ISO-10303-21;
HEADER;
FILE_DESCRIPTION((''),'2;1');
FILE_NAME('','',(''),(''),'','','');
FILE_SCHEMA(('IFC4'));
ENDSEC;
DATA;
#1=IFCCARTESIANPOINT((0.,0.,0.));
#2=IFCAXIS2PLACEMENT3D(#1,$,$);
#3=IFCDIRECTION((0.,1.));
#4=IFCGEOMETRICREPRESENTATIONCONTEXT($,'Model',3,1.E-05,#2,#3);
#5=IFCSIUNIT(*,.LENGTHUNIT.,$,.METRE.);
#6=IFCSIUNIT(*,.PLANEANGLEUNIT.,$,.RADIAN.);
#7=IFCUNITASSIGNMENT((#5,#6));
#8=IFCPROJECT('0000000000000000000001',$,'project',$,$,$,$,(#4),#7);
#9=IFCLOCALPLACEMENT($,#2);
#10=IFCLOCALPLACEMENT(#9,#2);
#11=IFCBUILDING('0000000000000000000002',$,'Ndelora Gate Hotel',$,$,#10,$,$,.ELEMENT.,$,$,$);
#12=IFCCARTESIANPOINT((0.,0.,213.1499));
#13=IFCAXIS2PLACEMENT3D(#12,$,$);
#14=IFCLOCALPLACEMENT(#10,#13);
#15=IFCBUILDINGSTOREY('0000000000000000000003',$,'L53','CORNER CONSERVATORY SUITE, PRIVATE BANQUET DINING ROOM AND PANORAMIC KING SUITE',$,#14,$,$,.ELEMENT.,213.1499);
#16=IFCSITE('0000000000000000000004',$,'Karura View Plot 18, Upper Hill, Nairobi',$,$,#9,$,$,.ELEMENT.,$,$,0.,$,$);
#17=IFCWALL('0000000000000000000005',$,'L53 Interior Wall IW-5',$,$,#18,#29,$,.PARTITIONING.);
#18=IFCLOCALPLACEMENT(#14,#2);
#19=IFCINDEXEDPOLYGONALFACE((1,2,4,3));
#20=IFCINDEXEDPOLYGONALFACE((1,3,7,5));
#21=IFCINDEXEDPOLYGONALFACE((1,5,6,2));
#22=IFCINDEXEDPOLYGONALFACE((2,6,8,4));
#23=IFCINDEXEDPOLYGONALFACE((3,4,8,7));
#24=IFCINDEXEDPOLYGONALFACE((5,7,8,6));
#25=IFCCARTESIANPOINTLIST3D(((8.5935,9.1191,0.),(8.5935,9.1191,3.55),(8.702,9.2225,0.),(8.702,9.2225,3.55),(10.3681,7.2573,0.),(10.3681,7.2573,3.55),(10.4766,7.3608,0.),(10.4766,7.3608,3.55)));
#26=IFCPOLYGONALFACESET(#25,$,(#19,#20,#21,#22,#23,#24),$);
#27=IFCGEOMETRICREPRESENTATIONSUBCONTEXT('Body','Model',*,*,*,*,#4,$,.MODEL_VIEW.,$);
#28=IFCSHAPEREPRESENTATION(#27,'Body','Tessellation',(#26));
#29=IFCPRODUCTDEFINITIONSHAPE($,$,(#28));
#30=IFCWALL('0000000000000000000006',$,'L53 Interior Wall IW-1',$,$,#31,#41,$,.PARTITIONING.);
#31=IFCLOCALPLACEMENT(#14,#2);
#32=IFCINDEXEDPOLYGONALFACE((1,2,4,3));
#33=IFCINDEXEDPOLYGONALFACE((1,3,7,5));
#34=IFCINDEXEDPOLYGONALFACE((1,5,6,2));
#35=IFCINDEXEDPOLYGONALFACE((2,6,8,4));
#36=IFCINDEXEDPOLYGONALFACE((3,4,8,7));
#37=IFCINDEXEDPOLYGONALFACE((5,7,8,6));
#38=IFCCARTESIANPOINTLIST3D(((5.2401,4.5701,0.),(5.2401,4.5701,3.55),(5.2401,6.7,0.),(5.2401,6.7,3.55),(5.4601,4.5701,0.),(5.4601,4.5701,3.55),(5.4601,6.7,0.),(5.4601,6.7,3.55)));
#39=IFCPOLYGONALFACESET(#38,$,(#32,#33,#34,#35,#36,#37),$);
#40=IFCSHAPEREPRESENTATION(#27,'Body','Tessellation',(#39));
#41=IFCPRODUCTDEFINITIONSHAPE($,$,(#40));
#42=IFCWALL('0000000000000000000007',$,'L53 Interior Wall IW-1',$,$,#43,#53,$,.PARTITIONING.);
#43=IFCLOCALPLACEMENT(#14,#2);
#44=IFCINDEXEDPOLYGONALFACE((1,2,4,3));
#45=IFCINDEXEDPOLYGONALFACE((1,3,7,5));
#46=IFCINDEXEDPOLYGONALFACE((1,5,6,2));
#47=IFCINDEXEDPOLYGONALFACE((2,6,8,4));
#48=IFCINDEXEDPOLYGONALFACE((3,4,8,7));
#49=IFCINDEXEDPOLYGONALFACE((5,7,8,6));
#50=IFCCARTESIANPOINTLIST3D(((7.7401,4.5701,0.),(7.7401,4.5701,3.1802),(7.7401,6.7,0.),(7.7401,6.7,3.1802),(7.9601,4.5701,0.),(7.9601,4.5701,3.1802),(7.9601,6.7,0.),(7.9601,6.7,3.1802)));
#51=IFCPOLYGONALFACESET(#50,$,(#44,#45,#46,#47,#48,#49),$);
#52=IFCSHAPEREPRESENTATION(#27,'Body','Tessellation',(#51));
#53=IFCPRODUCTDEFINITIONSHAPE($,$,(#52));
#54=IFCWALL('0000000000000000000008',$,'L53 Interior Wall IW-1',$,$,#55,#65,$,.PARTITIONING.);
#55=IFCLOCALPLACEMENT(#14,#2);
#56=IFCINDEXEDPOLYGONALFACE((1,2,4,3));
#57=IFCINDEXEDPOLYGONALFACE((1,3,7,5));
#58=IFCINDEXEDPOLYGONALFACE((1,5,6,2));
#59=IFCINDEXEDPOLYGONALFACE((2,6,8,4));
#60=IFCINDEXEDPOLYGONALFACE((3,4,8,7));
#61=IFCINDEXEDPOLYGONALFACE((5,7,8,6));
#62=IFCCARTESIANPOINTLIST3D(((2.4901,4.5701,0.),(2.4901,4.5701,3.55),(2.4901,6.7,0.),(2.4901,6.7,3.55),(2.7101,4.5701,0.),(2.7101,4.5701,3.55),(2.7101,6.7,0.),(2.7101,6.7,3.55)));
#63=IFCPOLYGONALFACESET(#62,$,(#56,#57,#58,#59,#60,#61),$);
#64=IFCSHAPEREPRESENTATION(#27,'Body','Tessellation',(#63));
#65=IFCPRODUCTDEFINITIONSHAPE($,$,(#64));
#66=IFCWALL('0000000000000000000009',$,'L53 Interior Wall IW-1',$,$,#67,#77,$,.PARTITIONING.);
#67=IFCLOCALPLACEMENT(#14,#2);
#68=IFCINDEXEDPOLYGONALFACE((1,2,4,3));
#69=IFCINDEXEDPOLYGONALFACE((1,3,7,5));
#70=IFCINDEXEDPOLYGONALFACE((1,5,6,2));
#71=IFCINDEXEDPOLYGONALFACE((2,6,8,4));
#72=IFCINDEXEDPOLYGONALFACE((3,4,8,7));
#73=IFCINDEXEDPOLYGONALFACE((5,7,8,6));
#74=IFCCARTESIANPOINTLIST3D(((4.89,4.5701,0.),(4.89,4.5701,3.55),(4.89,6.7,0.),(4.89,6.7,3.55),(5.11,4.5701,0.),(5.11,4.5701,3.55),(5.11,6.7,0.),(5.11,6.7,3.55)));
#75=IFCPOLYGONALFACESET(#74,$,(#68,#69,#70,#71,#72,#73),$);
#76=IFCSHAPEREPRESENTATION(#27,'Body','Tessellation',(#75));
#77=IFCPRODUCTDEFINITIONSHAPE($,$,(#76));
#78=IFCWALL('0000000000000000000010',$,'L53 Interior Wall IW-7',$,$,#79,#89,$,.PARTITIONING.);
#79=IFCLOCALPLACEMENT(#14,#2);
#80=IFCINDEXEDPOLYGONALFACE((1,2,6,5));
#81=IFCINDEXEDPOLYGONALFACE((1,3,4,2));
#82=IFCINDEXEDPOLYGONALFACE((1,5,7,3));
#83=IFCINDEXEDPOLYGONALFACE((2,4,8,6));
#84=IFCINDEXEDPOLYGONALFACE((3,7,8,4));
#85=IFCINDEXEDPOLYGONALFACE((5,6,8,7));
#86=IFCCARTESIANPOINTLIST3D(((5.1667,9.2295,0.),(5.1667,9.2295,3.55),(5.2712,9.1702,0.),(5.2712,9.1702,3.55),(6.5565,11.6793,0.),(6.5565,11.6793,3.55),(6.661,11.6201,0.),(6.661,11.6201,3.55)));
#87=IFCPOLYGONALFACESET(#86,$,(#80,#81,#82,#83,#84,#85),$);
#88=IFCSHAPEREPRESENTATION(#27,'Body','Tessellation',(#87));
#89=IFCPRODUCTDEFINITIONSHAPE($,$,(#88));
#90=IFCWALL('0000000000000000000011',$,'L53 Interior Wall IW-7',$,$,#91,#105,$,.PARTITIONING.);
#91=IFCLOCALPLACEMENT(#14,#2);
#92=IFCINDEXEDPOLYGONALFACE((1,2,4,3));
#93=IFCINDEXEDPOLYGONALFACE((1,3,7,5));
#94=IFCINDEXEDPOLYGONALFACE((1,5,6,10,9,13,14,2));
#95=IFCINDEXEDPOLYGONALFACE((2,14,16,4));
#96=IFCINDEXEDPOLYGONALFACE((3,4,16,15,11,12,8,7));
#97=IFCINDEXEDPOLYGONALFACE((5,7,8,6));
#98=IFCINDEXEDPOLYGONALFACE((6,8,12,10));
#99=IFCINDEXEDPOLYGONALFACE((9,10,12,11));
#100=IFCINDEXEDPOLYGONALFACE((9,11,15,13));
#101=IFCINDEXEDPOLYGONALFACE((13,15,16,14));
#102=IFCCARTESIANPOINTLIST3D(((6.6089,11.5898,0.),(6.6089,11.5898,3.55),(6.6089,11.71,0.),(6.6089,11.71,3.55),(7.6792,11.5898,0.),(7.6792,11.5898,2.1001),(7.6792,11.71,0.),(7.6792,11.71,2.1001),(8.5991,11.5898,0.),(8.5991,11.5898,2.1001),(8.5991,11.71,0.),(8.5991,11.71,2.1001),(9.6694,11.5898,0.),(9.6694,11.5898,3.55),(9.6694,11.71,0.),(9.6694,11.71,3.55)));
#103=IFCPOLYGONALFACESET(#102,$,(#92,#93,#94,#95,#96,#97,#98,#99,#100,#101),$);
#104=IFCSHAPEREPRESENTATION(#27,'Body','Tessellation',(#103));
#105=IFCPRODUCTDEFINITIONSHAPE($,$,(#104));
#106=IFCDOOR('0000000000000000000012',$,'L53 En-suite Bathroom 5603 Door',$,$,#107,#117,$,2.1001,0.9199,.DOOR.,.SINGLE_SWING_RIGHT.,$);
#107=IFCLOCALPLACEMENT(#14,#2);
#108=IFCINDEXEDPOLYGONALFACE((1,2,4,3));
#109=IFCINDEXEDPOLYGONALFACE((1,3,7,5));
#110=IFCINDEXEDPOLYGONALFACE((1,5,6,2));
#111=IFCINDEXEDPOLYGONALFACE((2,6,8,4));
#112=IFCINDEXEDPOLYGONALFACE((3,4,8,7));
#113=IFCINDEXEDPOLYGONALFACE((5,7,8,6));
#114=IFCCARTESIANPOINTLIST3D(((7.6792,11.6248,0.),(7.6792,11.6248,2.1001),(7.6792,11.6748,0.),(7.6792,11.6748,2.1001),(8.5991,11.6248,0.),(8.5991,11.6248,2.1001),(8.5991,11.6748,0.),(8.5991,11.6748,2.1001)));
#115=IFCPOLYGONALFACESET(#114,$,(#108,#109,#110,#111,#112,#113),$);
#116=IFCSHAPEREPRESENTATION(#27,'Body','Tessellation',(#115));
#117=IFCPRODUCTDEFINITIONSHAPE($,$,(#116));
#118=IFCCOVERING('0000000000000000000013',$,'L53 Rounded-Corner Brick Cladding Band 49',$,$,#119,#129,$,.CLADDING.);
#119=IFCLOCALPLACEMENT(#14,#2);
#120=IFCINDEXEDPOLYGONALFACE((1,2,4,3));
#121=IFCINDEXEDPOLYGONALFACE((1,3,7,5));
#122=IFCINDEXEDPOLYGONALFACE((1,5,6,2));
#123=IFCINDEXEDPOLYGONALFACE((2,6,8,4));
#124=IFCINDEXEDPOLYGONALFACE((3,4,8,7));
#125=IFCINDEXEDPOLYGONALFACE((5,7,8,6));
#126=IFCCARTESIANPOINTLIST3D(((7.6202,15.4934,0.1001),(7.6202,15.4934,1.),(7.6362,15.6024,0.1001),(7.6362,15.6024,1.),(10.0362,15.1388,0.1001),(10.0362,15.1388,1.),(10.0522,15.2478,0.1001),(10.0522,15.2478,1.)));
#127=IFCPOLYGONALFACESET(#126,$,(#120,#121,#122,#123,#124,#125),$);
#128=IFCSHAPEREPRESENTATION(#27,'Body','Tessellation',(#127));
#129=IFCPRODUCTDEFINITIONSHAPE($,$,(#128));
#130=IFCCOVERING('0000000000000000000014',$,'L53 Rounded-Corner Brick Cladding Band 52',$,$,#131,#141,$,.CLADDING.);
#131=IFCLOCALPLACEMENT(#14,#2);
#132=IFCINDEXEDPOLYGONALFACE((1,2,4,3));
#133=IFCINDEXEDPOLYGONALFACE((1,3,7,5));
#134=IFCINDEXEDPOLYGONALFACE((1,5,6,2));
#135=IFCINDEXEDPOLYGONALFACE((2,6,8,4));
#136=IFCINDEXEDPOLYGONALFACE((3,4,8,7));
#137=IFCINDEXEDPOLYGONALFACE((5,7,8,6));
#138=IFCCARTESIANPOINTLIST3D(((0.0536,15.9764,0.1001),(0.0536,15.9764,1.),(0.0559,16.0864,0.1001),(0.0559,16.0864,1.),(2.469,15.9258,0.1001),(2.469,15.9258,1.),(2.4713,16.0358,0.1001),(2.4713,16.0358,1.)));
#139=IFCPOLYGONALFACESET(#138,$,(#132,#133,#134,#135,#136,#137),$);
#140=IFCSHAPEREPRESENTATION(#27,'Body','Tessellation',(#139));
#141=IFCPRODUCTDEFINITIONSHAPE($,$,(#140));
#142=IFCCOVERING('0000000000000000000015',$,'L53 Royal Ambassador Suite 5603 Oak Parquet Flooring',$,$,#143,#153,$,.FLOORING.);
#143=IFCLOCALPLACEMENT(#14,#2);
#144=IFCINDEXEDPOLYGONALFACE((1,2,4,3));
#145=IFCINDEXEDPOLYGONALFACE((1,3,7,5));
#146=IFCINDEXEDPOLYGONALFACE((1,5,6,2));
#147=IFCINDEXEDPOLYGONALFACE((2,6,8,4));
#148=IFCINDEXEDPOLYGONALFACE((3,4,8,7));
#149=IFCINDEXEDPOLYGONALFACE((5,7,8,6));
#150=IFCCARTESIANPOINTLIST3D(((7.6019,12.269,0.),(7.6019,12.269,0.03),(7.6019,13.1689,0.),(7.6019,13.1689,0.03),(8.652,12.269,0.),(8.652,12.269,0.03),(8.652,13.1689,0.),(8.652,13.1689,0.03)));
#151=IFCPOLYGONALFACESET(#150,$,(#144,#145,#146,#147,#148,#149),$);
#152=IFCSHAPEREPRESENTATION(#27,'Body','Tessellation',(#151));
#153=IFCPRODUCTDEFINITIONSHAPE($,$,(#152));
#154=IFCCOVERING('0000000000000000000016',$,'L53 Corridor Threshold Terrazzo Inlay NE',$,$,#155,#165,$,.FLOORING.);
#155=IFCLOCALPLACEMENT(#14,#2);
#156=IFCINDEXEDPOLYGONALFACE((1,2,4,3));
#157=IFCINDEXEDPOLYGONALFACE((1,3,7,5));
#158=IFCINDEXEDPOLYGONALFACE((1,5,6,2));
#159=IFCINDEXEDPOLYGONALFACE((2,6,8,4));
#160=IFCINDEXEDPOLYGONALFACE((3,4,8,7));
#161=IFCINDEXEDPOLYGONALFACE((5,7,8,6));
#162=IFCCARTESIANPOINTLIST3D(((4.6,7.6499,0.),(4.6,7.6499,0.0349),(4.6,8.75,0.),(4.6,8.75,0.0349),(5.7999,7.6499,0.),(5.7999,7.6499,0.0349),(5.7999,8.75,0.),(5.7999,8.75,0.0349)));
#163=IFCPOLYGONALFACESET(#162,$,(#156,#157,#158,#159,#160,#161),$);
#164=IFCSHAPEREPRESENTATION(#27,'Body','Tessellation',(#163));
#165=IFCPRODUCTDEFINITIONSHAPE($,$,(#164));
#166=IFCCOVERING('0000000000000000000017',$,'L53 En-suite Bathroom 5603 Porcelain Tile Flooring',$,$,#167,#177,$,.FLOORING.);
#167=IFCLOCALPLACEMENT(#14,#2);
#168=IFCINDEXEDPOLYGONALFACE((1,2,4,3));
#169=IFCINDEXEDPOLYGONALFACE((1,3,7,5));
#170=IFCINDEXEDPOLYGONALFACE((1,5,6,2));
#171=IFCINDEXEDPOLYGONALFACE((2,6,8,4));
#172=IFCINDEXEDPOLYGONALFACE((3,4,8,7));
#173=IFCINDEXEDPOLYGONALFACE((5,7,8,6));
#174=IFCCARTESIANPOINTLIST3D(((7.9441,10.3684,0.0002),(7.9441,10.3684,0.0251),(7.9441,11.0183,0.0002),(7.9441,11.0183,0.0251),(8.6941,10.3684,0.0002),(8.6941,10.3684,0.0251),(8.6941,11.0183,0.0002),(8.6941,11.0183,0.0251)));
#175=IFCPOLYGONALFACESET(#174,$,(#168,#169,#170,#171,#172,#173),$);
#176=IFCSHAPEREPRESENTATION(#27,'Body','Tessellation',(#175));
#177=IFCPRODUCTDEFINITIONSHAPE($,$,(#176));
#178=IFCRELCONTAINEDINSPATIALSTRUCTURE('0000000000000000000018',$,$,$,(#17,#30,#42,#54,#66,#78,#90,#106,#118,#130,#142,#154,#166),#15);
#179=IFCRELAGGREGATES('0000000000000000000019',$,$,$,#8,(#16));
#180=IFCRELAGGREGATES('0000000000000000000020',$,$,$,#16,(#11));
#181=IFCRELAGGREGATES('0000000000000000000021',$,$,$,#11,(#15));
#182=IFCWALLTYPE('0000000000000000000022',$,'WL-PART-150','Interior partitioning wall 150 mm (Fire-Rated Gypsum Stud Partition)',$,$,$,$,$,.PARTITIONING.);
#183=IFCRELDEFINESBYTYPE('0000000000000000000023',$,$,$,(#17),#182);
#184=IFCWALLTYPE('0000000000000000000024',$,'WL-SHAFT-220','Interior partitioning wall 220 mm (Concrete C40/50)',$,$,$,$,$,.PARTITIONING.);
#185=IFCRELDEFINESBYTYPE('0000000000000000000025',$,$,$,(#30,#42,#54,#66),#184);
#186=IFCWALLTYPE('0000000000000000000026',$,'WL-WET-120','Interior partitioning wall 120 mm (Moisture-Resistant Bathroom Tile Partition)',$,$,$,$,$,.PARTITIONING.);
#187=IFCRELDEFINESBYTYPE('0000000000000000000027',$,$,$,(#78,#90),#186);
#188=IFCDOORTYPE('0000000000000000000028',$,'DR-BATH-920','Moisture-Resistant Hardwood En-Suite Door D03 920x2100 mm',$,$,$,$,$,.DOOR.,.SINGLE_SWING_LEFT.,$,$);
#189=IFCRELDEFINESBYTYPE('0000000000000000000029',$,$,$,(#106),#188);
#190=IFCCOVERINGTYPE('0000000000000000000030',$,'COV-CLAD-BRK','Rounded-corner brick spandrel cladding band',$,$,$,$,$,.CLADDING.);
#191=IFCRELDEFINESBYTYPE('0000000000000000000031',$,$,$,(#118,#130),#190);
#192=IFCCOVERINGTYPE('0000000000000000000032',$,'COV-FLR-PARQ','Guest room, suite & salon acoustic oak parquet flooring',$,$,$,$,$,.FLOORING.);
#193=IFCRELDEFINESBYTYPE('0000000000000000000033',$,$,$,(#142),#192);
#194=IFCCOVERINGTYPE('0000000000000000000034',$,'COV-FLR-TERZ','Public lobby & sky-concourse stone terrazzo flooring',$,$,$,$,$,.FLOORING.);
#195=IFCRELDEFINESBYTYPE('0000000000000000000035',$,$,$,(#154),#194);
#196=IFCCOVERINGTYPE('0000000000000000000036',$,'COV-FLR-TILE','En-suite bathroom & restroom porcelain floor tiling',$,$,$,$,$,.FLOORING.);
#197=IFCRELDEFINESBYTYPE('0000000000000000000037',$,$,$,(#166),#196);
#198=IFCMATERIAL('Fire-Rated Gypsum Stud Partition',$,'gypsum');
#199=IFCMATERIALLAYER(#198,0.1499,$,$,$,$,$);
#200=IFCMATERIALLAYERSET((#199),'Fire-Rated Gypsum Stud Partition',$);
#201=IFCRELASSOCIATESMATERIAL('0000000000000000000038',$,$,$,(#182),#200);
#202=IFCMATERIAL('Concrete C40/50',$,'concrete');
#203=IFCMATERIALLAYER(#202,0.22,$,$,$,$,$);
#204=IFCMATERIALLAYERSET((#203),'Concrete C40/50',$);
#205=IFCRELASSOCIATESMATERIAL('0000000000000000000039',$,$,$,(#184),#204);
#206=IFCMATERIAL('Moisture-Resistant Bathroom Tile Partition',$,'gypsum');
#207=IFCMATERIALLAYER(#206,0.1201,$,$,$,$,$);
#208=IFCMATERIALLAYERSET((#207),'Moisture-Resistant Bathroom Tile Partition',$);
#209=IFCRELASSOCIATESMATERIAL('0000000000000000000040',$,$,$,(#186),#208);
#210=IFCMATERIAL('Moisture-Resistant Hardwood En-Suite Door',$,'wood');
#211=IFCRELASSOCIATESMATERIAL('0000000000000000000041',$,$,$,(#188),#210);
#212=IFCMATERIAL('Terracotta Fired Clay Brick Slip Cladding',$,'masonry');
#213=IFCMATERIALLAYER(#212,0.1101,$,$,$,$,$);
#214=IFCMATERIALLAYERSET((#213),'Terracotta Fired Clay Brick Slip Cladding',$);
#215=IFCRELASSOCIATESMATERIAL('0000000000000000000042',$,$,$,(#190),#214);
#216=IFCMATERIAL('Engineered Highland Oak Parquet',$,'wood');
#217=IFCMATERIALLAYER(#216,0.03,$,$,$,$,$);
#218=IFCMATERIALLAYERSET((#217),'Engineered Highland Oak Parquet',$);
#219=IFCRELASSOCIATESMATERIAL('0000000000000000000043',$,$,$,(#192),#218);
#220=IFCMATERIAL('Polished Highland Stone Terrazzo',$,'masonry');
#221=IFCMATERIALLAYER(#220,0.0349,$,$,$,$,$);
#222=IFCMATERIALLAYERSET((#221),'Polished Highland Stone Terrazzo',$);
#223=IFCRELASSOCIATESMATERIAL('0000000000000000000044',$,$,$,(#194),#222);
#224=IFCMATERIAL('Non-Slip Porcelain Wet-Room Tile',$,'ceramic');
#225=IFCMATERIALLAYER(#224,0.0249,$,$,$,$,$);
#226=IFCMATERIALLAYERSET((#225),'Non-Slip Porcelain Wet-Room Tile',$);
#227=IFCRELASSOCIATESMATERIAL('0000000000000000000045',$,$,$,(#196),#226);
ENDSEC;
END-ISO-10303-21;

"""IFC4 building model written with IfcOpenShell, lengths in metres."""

from ifc_helpers import new_model, si_unit, direction, frame, frame_2d, origin, origin_2d, place, context, subcontext, project, spatial, rectangle, extrude, material, layer, layer_set, type_object, element, fill, save


model = new_model("IFC4")

# Units and contexts
model_context = context("Model", 3, precision=1e-05, world=origin(), true_north=direction((0.0, 1.0)))
body_context = subcontext(model_context, "Body", "Model", "MODEL_VIEW")
ifc_project = project(units=[si_unit("LENGTHUNIT", "METRE"), si_unit("PLANEANGLEUNIT", "RADIAN")], contexts=[model_context])

# Site, building, storey
site_placement = place(None, origin())
site = spatial("IfcSite", under=ifc_project, at=site_placement, Name="Karura View Plot 18, Upper Hill, Nairobi", CompositionType="ELEMENT", RefElevation=0.0)
building_placement = place(site_placement, origin())
building = spatial("IfcBuilding", under=site, at=building_placement, Name="Ndelora Gate Hotel", CompositionType="ELEMENT")
storey_placement = place(building_placement, frame((0.0, 0.0, 213.1499)))
storey = spatial("IfcBuildingStorey", under=building, at=storey_placement, Name="L53", Description="CORNER CONSERVATORY SUITE, PRIVATE BANQUET DINING ROOM AND PANORAMIC KING SUITE", CompositionType="ELEMENT", Elevation=213.1499)

# Wall
ifc_material_1 = material(Name="Fire-Rated Gypsum Stud Partition", Category="gypsum")
ifc_layer_1 = layer(ifc_material_1, 0.1499)
ifc_layer_set_1 = layer_set([ifc_layer_1], Name="Fire-Rated Gypsum Stud Partition")
wall_type_1 = type_object("IfcWallType", Name="WL-PART-150", Description="Interior partitioning wall 150 mm (Fire-Rated Gypsum Stud Partition)", PredefinedType="PARTITIONING", material=ifc_layer_set_1)
wall_1_placement = place(storey_placement, frame((8.6477, 9.1709, 0.0), z_axis=(0.0, 0.0, 1.0), x_axis=(0.689961, -0.723847, 0.0)))
element("IfcWall", 1, at=wall_1_placement, inside=storey, type_object=wall_type_1, Name="L53 Interior Wall IW-5", PredefinedType="PARTITIONING", context=body_context, shape_type="SweptSolid", body=[
    extrude(rectangle(XDim=2.572, YDim=0.1499, at=frame_2d((1.2861, 0.0))), origin(), (0.0, 0.0, 1.0), 3.55),
])

# Shared definitions
ifc_material_2 = material(Name="Concrete C40/50", Category="concrete")
ifc_layer_2 = layer(ifc_material_2, 0.22)
ifc_layer_set_2 = layer_set([ifc_layer_2], Name="Concrete C40/50")
wall_type_2 = type_object("IfcWallType", Name="WL-SHAFT-220", Description="Interior partitioning wall 220 mm (Concrete C40/50)", PredefinedType="PARTITIONING", material=ifc_layer_set_2)

# Walls
wall_2_placement = place(storey_placement, frame((5.3501, 4.5701, 0.0), z_axis=(0.0, 0.0, 1.0), x_axis=(0.0, 1.0, 0.0)))
element("IfcWall", 2, at=wall_2_placement, inside=storey, type_object=wall_type_2, Name="L53 Interior Wall IW-1", PredefinedType="PARTITIONING", context=body_context, shape_type="SweptSolid", body=[
    extrude(rectangle(XDim=2.1299, YDim=0.22, at=frame_2d((1.0649, 0.0))), origin(), (0.0, 0.0, 1.0), 3.55),
])
wall_3_placement = place(storey_placement, frame((7.8501, 4.5701, 0.0), z_axis=(0.0, 0.0, 1.0), x_axis=(0.0, 1.0, 0.0)))
element("IfcWall", 3, at=wall_3_placement, inside=storey, type_object=wall_type_2, Name="L53 Interior Wall IW-1", PredefinedType="PARTITIONING", context=body_context, shape_type="SweptSolid", body=[
    extrude(rectangle(XDim=2.1299, YDim=0.22, at=frame_2d((1.0649, 0.0))), origin(), (0.0, 0.0, 1.0), 3.1802),
])

# Walls
for number, where, z_axis, x_axis, name in (
    (4, (2.6001, 4.5701, 0.0), (0.0, 0.0, 1.0), (0.0, 1.0, 0.0), "L53 Interior Wall IW-1"),
    (5, (5.0, 4.5701, 0.0), (0.0, 0.0, 1.0), (0.0, 1.0, 0.0), "L53 Interior Wall IW-1"),
):
    element("IfcWall", number, at=place(storey_placement, frame(where, z_axis=z_axis, x_axis=x_axis)), inside=storey, type_object=wall_type_2, Name=name, PredefinedType="PARTITIONING", context=body_context, shape_type="SweptSolid", body=[
        extrude(rectangle(XDim=2.1299, YDim=0.22, at=frame_2d((1.0649, 0.0))), origin(), (0.0, 0.0, 1.0), 3.55),
    ])
ifc_material_3 = material(Name="Moisture-Resistant Bathroom Tile Partition", Category="gypsum")
ifc_layer_3 = layer(ifc_material_3, 0.1201)
ifc_layer_set_3 = layer_set([ifc_layer_3], Name="Moisture-Resistant Bathroom Tile Partition")
wall_type_3 = type_object("IfcWallType", Name="WL-WET-120", Description="Interior partitioning wall 120 mm (Moisture-Resistant Bathroom Tile Partition)", PredefinedType="PARTITIONING", material=ifc_layer_set_3)
wall_4_placement = place(storey_placement, frame((5.219, 9.2, 0.0), z_axis=(0.0, 0.0, 1.0), x_axis=(0.493439, 0.86978, 0.0)))
element("IfcWall", 6, at=wall_4_placement, inside=storey, type_object=wall_type_3, Name="L53 Interior Wall IW-7", PredefinedType="PARTITIONING", context=body_context, shape_type="SweptSolid", body=[
    extrude(rectangle(XDim=2.8167, YDim=0.1201, at=frame_2d((1.4082, 0.0))), origin(), (0.0, 0.0, 1.0), 3.55),
])

# Wall, opening, door
wall_5_placement = place(storey_placement, frame((6.6089, 11.6499, 0.0), z_axis=(0.0, 0.0, 1.0), x_axis=(1.0, 0.0, 0.0)))
wall_5 = element("IfcWall", 7, at=wall_5_placement, inside=storey, type_object=wall_type_3, Name="L53 Interior Wall IW-7", PredefinedType="PARTITIONING", context=body_context, shape_type="SweptSolid", body=[
    extrude(rectangle(XDim=3.0605, YDim=0.1201, at=frame_2d((1.5303, 0.0))), origin(), (0.0, 0.0, 1.0), 3.55),
])
opening_1_placement = place(wall_5_placement, frame((1.0703, 0.0, 0.0)))
opening_1 = element("IfcOpeningElement", 8, at=opening_1_placement, cuts=wall_5, PredefinedType="OPENING", context=body_context, shape_type="SweptSolid", body=[
    extrude(rectangle(XDim=0.9199, YDim=2.1001, at=frame_2d((0.46, 1.05))), frame((0.0, 0.0701, 0.0), z_axis=(0.0, -1.0, 0.0), x_axis=(1.0, 0.0, 0.0)), (0.0, 0.0, 1.0), 0.1401),
])
ifc_material_4 = material(Name="Moisture-Resistant Hardwood En-Suite Door", Category="wood")
door_type_1 = type_object("IfcDoorType", Name="DR-BATH-920", Description="Moisture-Resistant Hardwood En-Suite Door D03 920x2100 mm", OperationType="SINGLE_SWING_LEFT", PredefinedType="DOOR", material=ifc_material_4)
door_1_placement = place(opening_1_placement, origin())
door_1 = element("IfcDoor", 9, at=door_1_placement, inside=storey, type_object=door_type_1, Name="L53 En-suite Bathroom 5603 Door", OperationType="SINGLE_SWING_RIGHT", OverallHeight=2.1001, OverallWidth=0.9199, PredefinedType="DOOR", context=body_context, shape_type="SweptSolid", body=[
    extrude(rectangle(XDim=0.9199, YDim=2.1001, at=frame_2d((0.46, 1.05))), frame((0.0, 0.0249, 0.0), z_axis=(0.0, -1.0, 0.0), x_axis=(1.0, 0.0, 0.0)), (0.0, 0.0, 1.0), 0.05),
])
fill(opening_1, door_1)

# Coverings
ifc_material_5 = material(Name="Terracotta Fired Clay Brick Slip Cladding", Category="masonry")
ifc_layer_4 = layer(ifc_material_5, 0.1101)
ifc_layer_set_4 = layer_set([ifc_layer_4], Name="Terracotta Fired Clay Brick Slip Cladding")
covering_type_1 = type_object("IfcCoveringType", Name="COV-CLAD-BRK", Description="Rounded-corner brick spandrel cladding band", PredefinedType="CLADDING", material=ifc_layer_set_4)
covering_1_placement = place(storey_placement, frame((8.8362, 15.3706, 0.1001), z_axis=(0.0, 0.0, 1.0), x_axis=(-0.989399, 0.14522, 0.0)))
element("IfcCovering", 10, at=covering_1_placement, inside=storey, type_object=covering_type_1, Name="L53 Rounded-Corner Brick Cladding Band 49", PredefinedType="CLADDING", context=body_context, shape_type="SweptSolid", body=[
    extrude(rectangle(XDim=2.4419, YDim=0.1101, at=origin_2d()), origin(), (0.0, 0.0, 1.0), 0.8999),
])
covering_2_placement = place(storey_placement, frame((1.2625, 16.0061, 0.1001), z_axis=(0.0, 0.0, 1.0), x_axis=(-0.999781, 0.020942, 0.0)))
element("IfcCovering", 11, at=covering_2_placement, inside=storey, type_object=covering_type_1, Name="L53 Rounded-Corner Brick Cladding Band 52", PredefinedType="CLADDING", context=body_context, shape_type="SweptSolid", body=[
    extrude(rectangle(XDim=2.416, YDim=0.1101, at=origin_2d()), origin(), (0.0, 0.0, 1.0), 0.8999),
])
ifc_material_6 = material(Name="Engineered Highland Oak Parquet", Category="wood")
ifc_layer_5 = layer(ifc_material_6, 0.03)
ifc_layer_set_5 = layer_set([ifc_layer_5], Name="Engineered Highland Oak Parquet")
covering_type_2 = type_object("IfcCoveringType", Name="COV-FLR-PARQ", Description="Guest room, suite & salon acoustic oak parquet flooring", PredefinedType="FLOORING", material=ifc_layer_set_5)
covering_3_placement = place(storey_placement, frame((8.127, 12.719, 0.0), z_axis=(0.0, 0.0, 1.0), x_axis=(1.0, 0.0, 0.0)))
element("IfcCovering", 12, at=covering_3_placement, inside=storey, type_object=covering_type_2, Name="L53 Royal Ambassador Suite 5603 Oak Parquet Flooring", PredefinedType="FLOORING", context=body_context, shape_type="SweptSolid", body=[
    extrude(rectangle(XDim=1.05, YDim=0.8999, at=origin_2d()), origin(), (0.0, 0.0, 1.0), 0.03),
])
ifc_material_7 = material(Name="Polished Highland Stone Terrazzo", Category="masonry")
ifc_layer_6 = layer(ifc_material_7, 0.0349)
ifc_layer_set_6 = layer_set([ifc_layer_6], Name="Polished Highland Stone Terrazzo")
covering_type_3 = type_object("IfcCoveringType", Name="COV-FLR-TERZ", Description="Public lobby & sky-concourse stone terrazzo flooring", PredefinedType="FLOORING", material=ifc_layer_set_6)
covering_4_placement = place(storey_placement, frame((5.2, 8.2, 0.0), z_axis=(0.0, 0.0, 1.0), x_axis=(1.0, 0.0, 0.0)))
element("IfcCovering", 13, at=covering_4_placement, inside=storey, type_object=covering_type_3, Name="L53 Corridor Threshold Terrazzo Inlay NE", PredefinedType="FLOORING", context=body_context, shape_type="SweptSolid", body=[
    extrude(rectangle(XDim=1.2, YDim=1.1001, at=origin_2d()), origin(), (0.0, 0.0, 1.0), 0.0349),
])
ifc_material_8 = material(Name="Non-Slip Porcelain Wet-Room Tile", Category="ceramic")
ifc_layer_7 = layer(ifc_material_8, 0.0249)
ifc_layer_set_7 = layer_set([ifc_layer_7], Name="Non-Slip Porcelain Wet-Room Tile")
covering_type_4 = type_object("IfcCoveringType", Name="COV-FLR-TILE", Description="En-suite bathroom & restroom porcelain floor tiling", PredefinedType="FLOORING", material=ifc_layer_set_7)
covering_5_placement = place(storey_placement, frame((8.3191, 10.6934, 0.0002), z_axis=(0.0, 0.0, 1.0), x_axis=(1.0, 0.0, 0.0)))
element("IfcCovering", 14, at=covering_5_placement, inside=storey, type_object=covering_type_4, Name="L53 En-suite Bathroom 5603 Porcelain Tile Flooring", PredefinedType="FLOORING", context=body_context, shape_type="SweptSolid", body=[
    extrude(rectangle(XDim=0.75, YDim=0.6499, at=origin_2d()), origin(), (0.0, 0.0, 1.0), 0.0249),
])

save(model, "model.ifc")
